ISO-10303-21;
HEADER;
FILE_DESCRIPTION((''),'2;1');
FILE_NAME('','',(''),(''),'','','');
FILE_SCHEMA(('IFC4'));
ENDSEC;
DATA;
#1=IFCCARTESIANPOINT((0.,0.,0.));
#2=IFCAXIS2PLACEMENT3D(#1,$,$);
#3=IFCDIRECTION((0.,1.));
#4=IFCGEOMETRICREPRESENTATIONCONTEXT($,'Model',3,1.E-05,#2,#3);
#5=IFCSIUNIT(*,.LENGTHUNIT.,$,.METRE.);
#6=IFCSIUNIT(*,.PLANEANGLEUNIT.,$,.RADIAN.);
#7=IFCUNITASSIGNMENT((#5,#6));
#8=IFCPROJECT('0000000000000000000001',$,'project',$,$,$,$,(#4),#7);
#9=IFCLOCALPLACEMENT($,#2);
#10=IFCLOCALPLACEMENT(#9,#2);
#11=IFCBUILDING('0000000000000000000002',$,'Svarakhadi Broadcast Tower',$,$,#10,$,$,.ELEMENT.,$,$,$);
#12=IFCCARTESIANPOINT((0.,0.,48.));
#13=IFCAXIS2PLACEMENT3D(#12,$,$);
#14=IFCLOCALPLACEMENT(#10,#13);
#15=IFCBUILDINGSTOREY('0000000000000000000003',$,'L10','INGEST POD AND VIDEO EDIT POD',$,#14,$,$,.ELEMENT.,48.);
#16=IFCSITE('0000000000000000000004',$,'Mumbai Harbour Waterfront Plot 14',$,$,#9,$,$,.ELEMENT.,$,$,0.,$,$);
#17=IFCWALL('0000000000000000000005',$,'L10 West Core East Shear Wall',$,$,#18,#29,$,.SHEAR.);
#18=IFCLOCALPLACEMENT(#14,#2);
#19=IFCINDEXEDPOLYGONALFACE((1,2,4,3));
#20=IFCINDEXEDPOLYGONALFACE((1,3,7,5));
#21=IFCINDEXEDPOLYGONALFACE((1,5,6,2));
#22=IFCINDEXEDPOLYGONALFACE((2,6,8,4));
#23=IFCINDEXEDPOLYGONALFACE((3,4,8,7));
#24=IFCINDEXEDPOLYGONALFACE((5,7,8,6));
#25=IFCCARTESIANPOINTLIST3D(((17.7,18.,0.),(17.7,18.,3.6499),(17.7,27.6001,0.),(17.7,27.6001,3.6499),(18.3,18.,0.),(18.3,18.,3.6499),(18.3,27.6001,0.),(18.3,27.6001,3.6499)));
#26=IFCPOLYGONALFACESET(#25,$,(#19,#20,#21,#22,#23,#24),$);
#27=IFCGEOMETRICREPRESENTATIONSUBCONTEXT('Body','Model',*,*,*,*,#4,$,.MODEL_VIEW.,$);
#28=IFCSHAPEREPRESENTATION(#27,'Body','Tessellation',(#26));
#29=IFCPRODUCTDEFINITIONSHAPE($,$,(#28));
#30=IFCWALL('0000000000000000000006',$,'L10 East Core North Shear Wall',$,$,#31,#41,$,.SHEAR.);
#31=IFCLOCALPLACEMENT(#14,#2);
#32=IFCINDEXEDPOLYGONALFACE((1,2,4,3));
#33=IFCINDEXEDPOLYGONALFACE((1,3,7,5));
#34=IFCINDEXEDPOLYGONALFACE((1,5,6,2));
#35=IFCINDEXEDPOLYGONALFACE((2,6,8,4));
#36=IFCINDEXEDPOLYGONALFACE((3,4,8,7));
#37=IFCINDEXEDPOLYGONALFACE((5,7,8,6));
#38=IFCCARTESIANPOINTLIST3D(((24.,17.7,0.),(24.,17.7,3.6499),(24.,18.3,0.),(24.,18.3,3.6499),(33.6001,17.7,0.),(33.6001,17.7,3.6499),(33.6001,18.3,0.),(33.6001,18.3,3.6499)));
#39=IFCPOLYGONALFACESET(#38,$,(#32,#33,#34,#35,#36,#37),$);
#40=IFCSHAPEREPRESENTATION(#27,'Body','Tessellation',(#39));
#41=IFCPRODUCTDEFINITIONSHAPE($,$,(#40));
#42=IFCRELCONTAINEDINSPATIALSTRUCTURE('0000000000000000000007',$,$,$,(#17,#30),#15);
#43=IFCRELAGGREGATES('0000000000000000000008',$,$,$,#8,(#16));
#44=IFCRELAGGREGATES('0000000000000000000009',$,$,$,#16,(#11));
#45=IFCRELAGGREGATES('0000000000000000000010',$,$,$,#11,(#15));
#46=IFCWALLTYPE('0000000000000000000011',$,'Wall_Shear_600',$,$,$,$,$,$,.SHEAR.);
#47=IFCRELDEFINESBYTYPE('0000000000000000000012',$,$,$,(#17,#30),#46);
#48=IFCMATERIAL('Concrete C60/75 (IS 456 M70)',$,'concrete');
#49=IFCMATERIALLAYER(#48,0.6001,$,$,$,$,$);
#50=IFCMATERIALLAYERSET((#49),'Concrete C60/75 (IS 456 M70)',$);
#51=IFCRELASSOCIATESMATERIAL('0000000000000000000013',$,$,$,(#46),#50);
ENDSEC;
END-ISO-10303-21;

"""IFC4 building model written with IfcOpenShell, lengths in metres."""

from ifc_helpers import new_model, si_unit, direction, frame, frame_2d, origin, place, context, subcontext, project, spatial, rectangle, extrude, material, layer, layer_set, type_object, element, save


model = new_model("IFC4")

# Units and contexts
model_context = context("Model", 3, precision=1e-05, world=origin(), true_north=direction((0.0, 1.0)))
body_context = subcontext(model_context, "Body", "Model", "MODEL_VIEW")
ifc_project = project(units=[si_unit("LENGTHUNIT", "METRE"), si_unit("PLANEANGLEUNIT", "RADIAN")], contexts=[model_context])

# Site, building, storey
site_placement = place(None, origin())
site = spatial("IfcSite", under=ifc_project, at=site_placement, Name="Mumbai Harbour Waterfront Plot 14", CompositionType="ELEMENT", RefElevation=0.0)
building_placement = place(site_placement, origin())
building = spatial("IfcBuilding", under=site, at=building_placement, Name="Svarakhadi Broadcast Tower", CompositionType="ELEMENT")
storey_placement = place(building_placement, frame((0.0, 0.0, 48.0)))
storey = spatial("IfcBuildingStorey", under=building, at=storey_placement, Name="L10", Description="INGEST POD AND VIDEO EDIT POD", CompositionType="ELEMENT", Elevation=48.0)

# Shared definitions
ifc_material_1 = material(Name="Concrete C60/75 (IS 456 M70)", Category="concrete")

# Walls
ifc_layer_1 = layer(ifc_material_1, 0.6001)
ifc_layer_set_1 = layer_set([ifc_layer_1], Name="Concrete C60/75 (IS 456 M70)")
wall_type_1 = type_object("IfcWallType", Name="Wall_Shear_600", PredefinedType="SHEAR", material=ifc_layer_set_1)
for number, where, z_axis, x_axis, name in (
    (1, (18.0, 18.0, 0.0), (0.0, 0.0, 1.0), (0.0, 1.0, 0.0), "L10 West Core East Shear Wall"),
    (2, (24.0, 18.0, 0.0), (0.0, 0.0, 1.0), (1.0, 0.0, 0.0), "L10 East Core North Shear Wall"),
):
    element("IfcWall", number, at=place(storey_placement, frame(where, z_axis=z_axis, x_axis=x_axis)), inside=storey, type_object=wall_type_1, Name=name, PredefinedType="SHEAR", context=body_context, shape_type="SweptSolid", body=[
        extrude(rectangle(XDim=9.6001, YDim=0.6001, at=frame_2d((4.8, 0.0))), origin(), (0.0, 0.0, 1.0), 3.6499),
    ])

save(model, "model.ifc")
